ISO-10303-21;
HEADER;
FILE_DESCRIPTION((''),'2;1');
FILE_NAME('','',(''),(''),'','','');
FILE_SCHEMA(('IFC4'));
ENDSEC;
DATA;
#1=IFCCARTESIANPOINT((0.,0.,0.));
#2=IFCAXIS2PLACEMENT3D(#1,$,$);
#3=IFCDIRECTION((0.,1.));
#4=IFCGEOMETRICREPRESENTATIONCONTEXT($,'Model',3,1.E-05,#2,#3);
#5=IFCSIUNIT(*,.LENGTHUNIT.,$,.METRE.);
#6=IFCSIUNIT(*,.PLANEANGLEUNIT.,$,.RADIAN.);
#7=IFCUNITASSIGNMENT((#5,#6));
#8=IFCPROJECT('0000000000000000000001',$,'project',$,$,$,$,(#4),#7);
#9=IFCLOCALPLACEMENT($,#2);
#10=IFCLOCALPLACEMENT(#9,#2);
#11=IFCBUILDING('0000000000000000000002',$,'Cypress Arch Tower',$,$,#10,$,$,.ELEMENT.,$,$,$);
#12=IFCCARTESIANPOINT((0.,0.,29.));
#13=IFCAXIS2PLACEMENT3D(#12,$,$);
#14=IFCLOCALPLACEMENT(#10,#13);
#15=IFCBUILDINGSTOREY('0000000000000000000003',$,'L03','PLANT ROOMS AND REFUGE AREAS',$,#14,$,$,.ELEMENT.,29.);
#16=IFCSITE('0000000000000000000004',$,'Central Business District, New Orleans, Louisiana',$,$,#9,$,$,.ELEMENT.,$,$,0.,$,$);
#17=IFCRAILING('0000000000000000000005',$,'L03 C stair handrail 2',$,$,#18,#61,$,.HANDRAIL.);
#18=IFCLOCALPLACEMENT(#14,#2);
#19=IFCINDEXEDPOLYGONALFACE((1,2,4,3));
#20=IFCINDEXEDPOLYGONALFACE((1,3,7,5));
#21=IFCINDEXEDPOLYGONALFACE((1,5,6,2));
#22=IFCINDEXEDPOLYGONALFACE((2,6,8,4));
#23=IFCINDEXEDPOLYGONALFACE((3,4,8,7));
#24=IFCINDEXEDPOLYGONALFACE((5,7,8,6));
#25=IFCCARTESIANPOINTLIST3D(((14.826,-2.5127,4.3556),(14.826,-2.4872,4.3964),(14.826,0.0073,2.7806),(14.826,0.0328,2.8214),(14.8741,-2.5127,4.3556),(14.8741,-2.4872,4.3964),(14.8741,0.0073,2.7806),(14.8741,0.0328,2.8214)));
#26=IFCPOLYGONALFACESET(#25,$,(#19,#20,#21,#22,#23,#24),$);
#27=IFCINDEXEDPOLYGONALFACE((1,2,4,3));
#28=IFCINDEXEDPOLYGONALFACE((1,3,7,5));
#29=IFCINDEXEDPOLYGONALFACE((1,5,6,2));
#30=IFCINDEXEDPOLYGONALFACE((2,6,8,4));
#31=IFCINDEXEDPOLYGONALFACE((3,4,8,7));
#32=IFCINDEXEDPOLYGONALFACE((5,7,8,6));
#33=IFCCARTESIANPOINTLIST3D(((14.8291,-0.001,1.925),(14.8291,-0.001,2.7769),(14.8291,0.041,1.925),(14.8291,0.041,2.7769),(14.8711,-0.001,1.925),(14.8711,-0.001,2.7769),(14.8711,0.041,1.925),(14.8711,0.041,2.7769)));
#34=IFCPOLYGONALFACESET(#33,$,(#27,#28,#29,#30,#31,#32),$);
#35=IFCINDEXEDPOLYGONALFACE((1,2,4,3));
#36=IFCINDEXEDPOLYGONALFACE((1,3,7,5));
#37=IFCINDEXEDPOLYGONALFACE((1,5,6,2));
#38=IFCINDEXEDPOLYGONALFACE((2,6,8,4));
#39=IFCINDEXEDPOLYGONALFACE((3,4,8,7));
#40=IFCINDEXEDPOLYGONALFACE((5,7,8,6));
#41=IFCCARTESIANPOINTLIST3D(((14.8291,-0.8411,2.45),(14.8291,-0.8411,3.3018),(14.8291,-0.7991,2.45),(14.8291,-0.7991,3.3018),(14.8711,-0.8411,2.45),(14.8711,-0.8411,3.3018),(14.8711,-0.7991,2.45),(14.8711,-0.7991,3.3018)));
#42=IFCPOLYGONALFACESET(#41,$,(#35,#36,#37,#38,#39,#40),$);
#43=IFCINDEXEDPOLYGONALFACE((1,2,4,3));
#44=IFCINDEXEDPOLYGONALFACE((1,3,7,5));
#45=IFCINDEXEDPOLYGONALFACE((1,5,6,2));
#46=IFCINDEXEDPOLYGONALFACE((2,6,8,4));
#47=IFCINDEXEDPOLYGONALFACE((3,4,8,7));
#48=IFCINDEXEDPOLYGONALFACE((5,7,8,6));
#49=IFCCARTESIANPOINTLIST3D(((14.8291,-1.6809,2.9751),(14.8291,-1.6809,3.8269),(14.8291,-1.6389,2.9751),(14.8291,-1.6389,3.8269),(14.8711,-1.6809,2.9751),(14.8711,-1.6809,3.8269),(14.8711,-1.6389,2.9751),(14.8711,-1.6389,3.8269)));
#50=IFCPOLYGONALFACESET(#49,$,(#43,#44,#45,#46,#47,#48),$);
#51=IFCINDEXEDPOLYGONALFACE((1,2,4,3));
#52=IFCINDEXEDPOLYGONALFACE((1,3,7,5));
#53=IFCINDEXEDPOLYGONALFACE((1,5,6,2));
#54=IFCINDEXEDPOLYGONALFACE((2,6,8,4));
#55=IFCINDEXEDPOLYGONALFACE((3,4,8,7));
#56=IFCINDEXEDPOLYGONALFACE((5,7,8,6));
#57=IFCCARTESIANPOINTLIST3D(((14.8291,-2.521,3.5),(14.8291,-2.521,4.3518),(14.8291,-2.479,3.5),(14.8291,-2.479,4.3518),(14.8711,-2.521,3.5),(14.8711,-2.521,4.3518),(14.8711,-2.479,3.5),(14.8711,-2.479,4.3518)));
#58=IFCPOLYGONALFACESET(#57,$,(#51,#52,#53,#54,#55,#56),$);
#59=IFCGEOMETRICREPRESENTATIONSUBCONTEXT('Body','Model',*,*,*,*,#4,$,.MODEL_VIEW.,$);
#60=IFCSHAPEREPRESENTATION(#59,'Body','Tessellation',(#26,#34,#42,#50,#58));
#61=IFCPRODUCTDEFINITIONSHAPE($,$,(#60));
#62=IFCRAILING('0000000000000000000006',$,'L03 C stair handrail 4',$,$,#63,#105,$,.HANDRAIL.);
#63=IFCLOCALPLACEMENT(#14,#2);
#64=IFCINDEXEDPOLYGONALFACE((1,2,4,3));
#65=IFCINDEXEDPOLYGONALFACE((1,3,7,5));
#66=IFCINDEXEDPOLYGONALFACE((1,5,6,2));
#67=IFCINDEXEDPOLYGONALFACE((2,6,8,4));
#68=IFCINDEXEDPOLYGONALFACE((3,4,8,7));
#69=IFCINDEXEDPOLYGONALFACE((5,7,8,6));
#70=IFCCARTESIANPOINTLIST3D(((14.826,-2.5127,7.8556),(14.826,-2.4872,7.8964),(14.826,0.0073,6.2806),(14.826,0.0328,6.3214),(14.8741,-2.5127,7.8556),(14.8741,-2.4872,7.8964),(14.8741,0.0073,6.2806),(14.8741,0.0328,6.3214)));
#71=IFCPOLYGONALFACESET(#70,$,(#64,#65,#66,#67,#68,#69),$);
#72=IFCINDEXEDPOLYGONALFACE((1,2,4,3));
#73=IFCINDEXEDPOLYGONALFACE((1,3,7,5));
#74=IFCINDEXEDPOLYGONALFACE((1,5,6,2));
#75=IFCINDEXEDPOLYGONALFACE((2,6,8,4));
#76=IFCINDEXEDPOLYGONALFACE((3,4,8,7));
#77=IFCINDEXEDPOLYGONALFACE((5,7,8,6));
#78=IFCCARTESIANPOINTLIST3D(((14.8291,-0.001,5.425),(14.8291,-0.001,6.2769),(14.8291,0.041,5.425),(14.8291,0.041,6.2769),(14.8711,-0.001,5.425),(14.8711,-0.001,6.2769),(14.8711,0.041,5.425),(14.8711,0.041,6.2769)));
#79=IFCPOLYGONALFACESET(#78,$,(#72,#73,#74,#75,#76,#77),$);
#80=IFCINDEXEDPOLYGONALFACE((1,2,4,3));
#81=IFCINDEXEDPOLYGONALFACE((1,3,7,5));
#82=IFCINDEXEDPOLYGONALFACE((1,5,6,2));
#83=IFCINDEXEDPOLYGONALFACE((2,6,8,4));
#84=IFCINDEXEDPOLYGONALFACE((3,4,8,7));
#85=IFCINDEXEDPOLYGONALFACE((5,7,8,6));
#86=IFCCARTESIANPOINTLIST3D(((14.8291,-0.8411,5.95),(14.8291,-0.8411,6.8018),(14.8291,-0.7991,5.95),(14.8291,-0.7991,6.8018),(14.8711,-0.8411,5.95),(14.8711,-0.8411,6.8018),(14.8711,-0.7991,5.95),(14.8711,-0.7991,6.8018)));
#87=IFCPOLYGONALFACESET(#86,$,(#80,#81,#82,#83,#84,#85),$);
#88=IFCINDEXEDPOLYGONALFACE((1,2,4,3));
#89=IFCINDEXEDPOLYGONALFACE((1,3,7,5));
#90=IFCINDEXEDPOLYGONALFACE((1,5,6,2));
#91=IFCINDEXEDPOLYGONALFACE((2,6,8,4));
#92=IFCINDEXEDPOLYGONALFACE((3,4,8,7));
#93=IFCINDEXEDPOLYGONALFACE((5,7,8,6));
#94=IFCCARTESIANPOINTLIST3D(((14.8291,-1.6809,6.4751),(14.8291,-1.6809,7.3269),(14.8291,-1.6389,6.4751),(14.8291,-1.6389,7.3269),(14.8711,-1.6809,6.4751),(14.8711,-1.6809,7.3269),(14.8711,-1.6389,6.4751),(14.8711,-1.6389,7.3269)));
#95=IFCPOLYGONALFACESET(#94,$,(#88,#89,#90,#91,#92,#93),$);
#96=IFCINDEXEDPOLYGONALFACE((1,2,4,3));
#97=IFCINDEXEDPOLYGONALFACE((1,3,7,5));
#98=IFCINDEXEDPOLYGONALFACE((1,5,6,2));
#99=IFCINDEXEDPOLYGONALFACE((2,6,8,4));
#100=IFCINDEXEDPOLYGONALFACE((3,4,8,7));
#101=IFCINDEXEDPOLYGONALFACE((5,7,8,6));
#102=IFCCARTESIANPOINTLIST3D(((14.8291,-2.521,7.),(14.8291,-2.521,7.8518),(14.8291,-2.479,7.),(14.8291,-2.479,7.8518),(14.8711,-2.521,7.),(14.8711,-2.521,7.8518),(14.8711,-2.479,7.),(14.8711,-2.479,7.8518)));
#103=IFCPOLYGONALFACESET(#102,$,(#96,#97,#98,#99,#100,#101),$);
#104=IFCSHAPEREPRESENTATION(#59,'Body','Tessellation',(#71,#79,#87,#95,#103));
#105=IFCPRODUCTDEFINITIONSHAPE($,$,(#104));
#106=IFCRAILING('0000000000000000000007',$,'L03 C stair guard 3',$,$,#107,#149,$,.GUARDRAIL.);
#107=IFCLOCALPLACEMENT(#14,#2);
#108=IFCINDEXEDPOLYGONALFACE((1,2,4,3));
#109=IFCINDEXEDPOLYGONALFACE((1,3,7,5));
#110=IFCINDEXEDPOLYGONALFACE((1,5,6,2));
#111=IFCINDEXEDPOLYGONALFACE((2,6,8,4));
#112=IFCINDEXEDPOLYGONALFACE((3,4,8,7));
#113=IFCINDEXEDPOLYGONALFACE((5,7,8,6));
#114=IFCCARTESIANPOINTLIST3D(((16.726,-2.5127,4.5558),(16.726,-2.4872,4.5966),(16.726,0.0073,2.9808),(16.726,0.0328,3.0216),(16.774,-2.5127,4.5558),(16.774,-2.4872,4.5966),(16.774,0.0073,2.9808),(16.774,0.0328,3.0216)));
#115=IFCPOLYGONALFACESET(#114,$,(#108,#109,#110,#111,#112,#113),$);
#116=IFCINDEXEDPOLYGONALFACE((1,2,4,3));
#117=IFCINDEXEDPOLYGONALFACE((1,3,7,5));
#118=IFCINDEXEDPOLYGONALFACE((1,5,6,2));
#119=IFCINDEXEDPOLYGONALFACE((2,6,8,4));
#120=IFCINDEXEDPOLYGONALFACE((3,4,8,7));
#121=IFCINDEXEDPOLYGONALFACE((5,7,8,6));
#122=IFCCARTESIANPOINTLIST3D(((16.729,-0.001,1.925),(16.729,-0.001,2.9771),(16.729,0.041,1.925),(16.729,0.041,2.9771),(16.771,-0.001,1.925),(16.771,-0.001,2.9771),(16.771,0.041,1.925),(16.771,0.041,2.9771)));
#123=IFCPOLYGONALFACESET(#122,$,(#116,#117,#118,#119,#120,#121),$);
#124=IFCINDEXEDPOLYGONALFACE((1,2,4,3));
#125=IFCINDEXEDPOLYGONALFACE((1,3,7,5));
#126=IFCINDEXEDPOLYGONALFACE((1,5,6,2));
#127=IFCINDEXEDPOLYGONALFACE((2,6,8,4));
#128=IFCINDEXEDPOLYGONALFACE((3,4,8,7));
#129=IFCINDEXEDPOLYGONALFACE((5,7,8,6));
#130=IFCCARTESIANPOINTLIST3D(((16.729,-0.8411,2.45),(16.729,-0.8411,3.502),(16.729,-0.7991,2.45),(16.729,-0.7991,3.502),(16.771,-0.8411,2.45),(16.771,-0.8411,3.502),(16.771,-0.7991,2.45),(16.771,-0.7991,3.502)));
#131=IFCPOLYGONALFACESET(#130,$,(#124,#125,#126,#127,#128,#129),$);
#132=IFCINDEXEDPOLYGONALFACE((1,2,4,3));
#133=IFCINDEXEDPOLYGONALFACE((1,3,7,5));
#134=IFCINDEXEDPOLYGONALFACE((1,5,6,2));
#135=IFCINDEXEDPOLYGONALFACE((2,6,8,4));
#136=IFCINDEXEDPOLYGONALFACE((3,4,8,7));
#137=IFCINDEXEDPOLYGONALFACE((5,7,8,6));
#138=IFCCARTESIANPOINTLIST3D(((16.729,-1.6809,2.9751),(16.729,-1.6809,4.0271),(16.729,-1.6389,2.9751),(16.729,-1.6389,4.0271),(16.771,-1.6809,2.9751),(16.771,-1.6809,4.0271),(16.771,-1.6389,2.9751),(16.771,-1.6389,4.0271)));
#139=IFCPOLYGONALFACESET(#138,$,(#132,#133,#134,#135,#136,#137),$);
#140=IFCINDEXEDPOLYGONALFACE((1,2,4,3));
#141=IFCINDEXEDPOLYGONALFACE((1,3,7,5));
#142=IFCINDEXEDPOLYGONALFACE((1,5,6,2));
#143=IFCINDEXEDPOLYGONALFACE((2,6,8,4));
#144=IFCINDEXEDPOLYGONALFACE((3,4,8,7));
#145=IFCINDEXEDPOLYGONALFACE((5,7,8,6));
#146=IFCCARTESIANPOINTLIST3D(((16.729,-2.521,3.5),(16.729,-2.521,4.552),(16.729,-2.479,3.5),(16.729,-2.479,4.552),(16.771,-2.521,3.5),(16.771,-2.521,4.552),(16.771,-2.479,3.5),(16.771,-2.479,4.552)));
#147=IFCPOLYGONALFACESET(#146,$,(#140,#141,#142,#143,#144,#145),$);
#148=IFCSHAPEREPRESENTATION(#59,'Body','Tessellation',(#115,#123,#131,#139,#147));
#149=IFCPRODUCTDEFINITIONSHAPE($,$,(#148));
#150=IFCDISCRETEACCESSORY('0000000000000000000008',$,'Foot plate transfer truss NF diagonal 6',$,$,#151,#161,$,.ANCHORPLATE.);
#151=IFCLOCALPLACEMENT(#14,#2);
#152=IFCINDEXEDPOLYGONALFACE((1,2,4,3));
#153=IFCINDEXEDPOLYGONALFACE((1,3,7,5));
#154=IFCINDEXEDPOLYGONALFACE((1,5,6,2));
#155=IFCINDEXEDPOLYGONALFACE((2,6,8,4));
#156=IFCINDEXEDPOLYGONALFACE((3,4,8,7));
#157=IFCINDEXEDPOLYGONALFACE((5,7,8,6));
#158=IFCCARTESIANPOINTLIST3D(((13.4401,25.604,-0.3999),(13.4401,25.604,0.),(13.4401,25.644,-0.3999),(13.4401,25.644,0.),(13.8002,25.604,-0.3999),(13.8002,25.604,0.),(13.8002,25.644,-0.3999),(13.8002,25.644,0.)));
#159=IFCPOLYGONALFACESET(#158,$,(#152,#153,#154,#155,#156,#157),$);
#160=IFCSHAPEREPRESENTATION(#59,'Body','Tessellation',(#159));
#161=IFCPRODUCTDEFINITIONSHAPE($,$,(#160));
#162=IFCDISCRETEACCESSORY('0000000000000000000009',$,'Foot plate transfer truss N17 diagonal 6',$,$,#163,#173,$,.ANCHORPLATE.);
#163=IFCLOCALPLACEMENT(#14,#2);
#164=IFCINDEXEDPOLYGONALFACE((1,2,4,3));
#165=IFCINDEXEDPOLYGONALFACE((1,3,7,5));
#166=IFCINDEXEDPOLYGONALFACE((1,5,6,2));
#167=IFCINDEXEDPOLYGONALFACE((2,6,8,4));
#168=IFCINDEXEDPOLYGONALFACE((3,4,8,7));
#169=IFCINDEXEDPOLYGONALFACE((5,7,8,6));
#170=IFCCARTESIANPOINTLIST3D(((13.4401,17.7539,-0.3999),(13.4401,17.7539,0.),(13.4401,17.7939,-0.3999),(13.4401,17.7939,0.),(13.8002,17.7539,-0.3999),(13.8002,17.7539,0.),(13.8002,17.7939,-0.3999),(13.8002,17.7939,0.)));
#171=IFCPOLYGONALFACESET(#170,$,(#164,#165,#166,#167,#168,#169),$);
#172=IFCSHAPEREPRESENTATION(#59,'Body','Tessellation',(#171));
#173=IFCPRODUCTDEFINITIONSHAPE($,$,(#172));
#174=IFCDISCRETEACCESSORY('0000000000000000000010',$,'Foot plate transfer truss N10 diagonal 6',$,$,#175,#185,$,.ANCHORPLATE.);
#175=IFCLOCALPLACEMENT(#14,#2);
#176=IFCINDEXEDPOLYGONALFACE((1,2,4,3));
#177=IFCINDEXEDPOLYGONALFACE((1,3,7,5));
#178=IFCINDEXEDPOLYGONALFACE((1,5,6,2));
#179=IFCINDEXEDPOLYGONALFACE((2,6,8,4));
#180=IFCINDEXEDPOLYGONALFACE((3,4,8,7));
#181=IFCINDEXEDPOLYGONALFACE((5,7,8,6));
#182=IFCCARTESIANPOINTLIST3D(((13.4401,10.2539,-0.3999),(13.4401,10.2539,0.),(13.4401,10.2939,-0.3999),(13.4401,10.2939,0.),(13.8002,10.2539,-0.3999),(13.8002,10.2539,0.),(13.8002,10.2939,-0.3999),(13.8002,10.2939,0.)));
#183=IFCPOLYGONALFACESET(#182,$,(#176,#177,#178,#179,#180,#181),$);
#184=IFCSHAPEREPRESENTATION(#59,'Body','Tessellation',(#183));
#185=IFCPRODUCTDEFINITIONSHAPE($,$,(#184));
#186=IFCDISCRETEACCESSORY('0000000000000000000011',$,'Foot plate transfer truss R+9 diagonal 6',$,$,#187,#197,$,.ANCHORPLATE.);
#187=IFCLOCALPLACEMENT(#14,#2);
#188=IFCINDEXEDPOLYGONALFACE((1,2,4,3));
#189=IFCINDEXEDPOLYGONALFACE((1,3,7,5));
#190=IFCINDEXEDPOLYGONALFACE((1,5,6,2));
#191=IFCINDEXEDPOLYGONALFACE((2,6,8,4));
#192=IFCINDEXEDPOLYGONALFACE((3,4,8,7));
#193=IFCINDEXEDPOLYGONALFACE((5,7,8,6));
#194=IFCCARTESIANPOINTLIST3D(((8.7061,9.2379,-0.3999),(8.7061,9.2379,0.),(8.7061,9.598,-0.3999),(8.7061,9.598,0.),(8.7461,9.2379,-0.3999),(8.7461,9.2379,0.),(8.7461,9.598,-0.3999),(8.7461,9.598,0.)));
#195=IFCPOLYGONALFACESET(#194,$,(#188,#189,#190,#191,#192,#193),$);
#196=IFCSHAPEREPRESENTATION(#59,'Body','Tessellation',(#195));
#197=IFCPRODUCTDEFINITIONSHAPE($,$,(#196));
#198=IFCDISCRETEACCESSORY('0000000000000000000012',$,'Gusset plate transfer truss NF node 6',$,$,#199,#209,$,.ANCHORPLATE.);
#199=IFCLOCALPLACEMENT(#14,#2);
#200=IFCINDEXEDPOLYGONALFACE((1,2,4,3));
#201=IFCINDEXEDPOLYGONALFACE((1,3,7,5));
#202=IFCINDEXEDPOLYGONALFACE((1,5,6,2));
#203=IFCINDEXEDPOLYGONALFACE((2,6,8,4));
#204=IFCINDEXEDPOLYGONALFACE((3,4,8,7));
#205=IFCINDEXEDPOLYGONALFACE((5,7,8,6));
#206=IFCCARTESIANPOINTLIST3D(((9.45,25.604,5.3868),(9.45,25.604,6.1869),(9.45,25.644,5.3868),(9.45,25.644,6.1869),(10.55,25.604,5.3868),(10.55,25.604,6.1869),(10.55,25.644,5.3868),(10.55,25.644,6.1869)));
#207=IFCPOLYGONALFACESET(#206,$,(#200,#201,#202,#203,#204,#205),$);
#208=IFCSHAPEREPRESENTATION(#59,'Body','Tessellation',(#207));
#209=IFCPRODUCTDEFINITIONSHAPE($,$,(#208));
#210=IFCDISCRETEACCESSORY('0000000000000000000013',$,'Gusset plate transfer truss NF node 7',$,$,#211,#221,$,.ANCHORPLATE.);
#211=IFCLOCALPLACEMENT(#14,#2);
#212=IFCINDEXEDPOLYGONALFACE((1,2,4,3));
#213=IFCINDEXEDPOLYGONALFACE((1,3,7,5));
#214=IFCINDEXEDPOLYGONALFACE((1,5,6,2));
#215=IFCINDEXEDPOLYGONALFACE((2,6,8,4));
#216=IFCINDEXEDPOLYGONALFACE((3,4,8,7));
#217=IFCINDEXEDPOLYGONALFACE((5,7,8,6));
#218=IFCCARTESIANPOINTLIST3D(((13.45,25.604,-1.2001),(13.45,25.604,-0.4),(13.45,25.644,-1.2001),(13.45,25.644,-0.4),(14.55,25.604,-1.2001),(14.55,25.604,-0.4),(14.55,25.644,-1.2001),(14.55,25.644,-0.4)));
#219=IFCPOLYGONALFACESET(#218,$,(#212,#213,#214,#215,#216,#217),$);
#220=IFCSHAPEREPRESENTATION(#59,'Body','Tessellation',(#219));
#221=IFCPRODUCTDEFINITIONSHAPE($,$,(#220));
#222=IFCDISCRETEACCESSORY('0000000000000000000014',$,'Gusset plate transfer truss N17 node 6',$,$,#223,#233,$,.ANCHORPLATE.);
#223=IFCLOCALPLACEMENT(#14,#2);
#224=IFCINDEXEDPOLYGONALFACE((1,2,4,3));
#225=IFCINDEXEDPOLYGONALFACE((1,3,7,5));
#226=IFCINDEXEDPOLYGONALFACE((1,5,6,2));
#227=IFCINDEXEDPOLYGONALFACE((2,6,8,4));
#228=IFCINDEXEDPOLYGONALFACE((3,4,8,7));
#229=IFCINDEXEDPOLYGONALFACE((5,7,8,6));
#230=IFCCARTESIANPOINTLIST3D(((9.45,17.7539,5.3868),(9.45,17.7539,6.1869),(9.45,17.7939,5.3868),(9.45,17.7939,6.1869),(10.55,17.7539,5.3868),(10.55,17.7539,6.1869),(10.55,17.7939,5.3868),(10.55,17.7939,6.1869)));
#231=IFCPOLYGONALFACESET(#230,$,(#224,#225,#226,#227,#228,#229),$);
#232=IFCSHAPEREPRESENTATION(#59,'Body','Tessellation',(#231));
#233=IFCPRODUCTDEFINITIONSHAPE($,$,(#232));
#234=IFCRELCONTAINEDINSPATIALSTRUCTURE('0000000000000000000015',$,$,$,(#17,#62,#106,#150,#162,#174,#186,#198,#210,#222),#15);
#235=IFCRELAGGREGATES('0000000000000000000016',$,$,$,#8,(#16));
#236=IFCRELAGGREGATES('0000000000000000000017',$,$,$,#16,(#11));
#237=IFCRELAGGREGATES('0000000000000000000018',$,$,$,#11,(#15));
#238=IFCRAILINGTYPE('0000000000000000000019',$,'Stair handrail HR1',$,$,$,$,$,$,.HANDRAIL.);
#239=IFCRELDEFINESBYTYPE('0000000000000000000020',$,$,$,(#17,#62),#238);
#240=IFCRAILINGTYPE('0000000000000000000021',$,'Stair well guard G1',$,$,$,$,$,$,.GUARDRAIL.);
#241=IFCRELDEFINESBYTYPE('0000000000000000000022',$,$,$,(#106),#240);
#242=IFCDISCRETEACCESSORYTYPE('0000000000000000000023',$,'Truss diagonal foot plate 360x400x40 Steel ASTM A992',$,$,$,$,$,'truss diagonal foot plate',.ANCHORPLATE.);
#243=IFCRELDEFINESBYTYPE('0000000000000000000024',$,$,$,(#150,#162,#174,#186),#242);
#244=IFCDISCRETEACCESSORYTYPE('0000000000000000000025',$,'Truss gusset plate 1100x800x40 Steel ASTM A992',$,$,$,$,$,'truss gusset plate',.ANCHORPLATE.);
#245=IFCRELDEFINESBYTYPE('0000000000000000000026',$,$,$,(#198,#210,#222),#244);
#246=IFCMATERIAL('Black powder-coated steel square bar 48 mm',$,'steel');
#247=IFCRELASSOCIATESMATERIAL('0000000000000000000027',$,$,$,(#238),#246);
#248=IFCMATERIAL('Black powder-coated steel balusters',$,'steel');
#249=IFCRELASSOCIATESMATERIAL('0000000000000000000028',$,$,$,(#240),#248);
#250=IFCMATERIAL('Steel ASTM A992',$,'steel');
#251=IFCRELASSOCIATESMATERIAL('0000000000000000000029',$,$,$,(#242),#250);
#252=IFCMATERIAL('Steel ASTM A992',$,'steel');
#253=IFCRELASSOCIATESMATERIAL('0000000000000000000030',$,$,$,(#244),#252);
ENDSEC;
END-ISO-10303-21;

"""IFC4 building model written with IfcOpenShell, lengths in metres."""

from ifc_helpers import new_model, si_unit, direction, frame, origin, origin_2d, place, context, subcontext, project, spatial, rectangle, extrude, material, material_profile, profile_set, type_object, element, save


model = new_model("IFC4")

# Units and contexts
model_context = context("Model", 3, precision=1e-05, world=origin(), true_north=direction((0.0, 1.0)))
body_context = subcontext(model_context, "Body", "Model", "MODEL_VIEW")
ifc_project = project(units=[si_unit("LENGTHUNIT", "METRE"), si_unit("PLANEANGLEUNIT", "RADIAN")], contexts=[model_context])

# Site, building, storey
site_placement = place(None, origin())
site = spatial("IfcSite", under=ifc_project, at=site_placement, Name="Central Business District, New Orleans, Louisiana", CompositionType="ELEMENT", RefElevation=0.0)
building_placement = place(site_placement, origin())
building = spatial("IfcBuilding", under=site, at=building_placement, Name="Cypress Arch Tower", CompositionType="ELEMENT")
storey_placement = place(building_placement, frame((0.0, 0.0, 29.0)))
storey = spatial("IfcBuildingStorey", under=building, at=storey_placement, Name="L03", Description="PLANT ROOMS AND REFUGE AREAS", CompositionType="ELEMENT", Elevation=29.0)

# Railings
ifc_material_1 = material(Name="Black powder-coated steel square bar 48 mm", Category="steel")
railing_type_1 = type_object("IfcRailingType", Name="Stair handrail HR1", PredefinedType="HANDRAIL", material=ifc_material_1)
for number, where, name in (
    (1, (14.8501, 0.02, 1.925), "L03 C stair handrail 2"),
    (2, (14.8501, 0.02, 5.425), "L03 C stair handrail 4"),
):
    element("IfcRailing", number, at=place(storey_placement, frame(where)), inside=storey, type_object=railing_type_1, Name=name, PredefinedType="HANDRAIL", context=body_context, shape_type="SweptSolid", body=[
        extrude(rectangle(XDim=0.0481, YDim=0.0481, at=origin_2d()), frame((0.0, 0.0, 0.876), z_axis=(0.0, -0.848008, 0.529984), x_axis=(1.0, 0.0, 0.0)), (0.0, 0.0, 1.0), 2.9717),
        extrude(rectangle(XDim=0.042, YDim=0.042, at=origin_2d()), origin(), (0.0, 0.0, 1.0), 0.8518),
        extrude(rectangle(XDim=0.042, YDim=0.042, at=origin_2d()), frame((0.0, -0.8401, 0.5249)), (0.0, 0.0, 1.0), 0.8518),
        extrude(rectangle(XDim=0.042, YDim=0.042, at=origin_2d()), frame((0.0, -1.6799, 1.05)), (0.0, 0.0, 1.0), 0.8518),
        extrude(rectangle(XDim=0.042, YDim=0.042, at=origin_2d()), frame((0.0, -2.52, 1.575)), (0.0, 0.0, 1.0), 0.8518),
    ])
ifc_material_2 = material(Name="Black powder-coated steel balusters", Category="steel")
railing_type_2 = type_object("IfcRailingType", Name="Stair well guard G1", PredefinedType="GUARDRAIL", material=ifc_material_2)
railing_placement = place(storey_placement, frame((16.75, 0.02, 1.925)))
element("IfcRailing", 3, at=railing_placement, inside=storey, type_object=railing_type_2, Name="L03 C stair guard 3", PredefinedType="GUARDRAIL", context=body_context, shape_type="SweptSolid", body=[
    extrude(rectangle(XDim=0.0481, YDim=0.0481, at=origin_2d()), frame((0.0, 0.0, 1.0762), z_axis=(0.0, -0.848008, 0.529984), x_axis=(1.0, 0.0, 0.0)), (0.0, 0.0, 1.0), 2.9717),
    extrude(rectangle(XDim=0.042, YDim=0.042, at=origin_2d()), origin(), (0.0, 0.0, 1.0), 1.052),
    extrude(rectangle(XDim=0.042, YDim=0.042, at=origin_2d()), frame((0.0, -0.8401, 0.5249)), (0.0, 0.0, 1.0), 1.052),
    extrude(rectangle(XDim=0.042, YDim=0.042, at=origin_2d()), frame((0.0, -1.6799, 1.05)), (0.0, 0.0, 1.0), 1.052),
    extrude(rectangle(XDim=0.042, YDim=0.042, at=origin_2d()), frame((0.0, -2.52, 1.575)), (0.0, 0.0, 1.0), 1.052),
])

# Discrete accessories
ifc_material_3 = material(Name="Steel ASTM A992", Category="steel")
ifc_material_profile_1 = material_profile(ifc_material_3, rectangle(XDim=0.3601, YDim=0.3999, at=origin_2d()), Name="PL 40 360x400")
ifc_profile_set_1 = profile_set([ifc_material_profile_1], Name="Steel ASTM A992")
discrete_accessory_type_1 = type_object("IfcDiscreteAccessoryType", Name="Truss diagonal foot plate 360x400x40 Steel ASTM A992", ElementType="truss diagonal foot plate", PredefinedType="ANCHORPLATE", material=ifc_profile_set_1)
for number, where, z_axis, x_axis, name in (
    (4, (13.6201, 25.604, -0.2), (0.0, 1.0, 0.0), (-1.0, 0.0, 0.0), "Foot plate transfer truss NF diagonal 6"),
    (5, (13.6201, 17.7539, -0.2), (0.0, 1.0, 0.0), (-1.0, 0.0, 0.0), "Foot plate transfer truss N17 diagonal 6"),
    (6, (13.6201, 10.2539, -0.2), (0.0, 1.0, 0.0), (-1.0, 0.0, 0.0), "Foot plate transfer truss N10 diagonal 6"),
    (7, (8.7461, 9.418, -0.2), (-1.0, 0.0, 0.0), (0.0, -1.0, 0.0), "Foot plate transfer truss R+9 diagonal 6"),
):
    element("IfcDiscreteAccessory", number, at=place(storey_placement, frame(where, z_axis=z_axis, x_axis=x_axis)), inside=storey, type_object=discrete_accessory_type_1, Name=name, PredefinedType="ANCHORPLATE", context=body_context, shape_type="SweptSolid", body=[
        extrude(rectangle(XDim=0.3601, YDim=0.3999, at=origin_2d()), origin(), (0.0, 0.0, 1.0), 0.04),
    ])
ifc_material_4 = material(Name="Steel ASTM A992", Category="steel")
ifc_material_profile_2 = material_profile(ifc_material_4, rectangle(XDim=1.1001, YDim=0.8, at=origin_2d()), Name="PL 40 1100x800")
ifc_profile_set_2 = profile_set([ifc_material_profile_2], Name="Steel ASTM A992")
discrete_accessory_type_2 = type_object("IfcDiscreteAccessoryType", Name="Truss gusset plate 1100x800x40 Steel ASTM A992", ElementType="truss gusset plate", PredefinedType="ANCHORPLATE", material=ifc_profile_set_2)
for number, where, z_axis, x_axis, name in (
    (8, (10.0, 25.604, 5.7869), (0.0, 1.0, 0.0), (-1.0, 0.0, 0.0), "Gusset plate transfer truss NF node 6"),
    (9, (14.0, 25.604, -0.8), (0.0, 1.0, 0.0), (-1.0, 0.0, 0.0), "Gusset plate transfer truss NF node 7"),
    (10, (10.0, 17.7539, 5.7869), (0.0, 1.0, 0.0), (-1.0, 0.0, 0.0), "Gusset plate transfer truss N17 node 6"),
):
    element("IfcDiscreteAccessory", number, at=place(storey_placement, frame(where, z_axis=z_axis, x_axis=x_axis)), inside=storey, type_object=discrete_accessory_type_2, Name=name, PredefinedType="ANCHORPLATE", context=body_context, shape_type="SweptSolid", body=[
        extrude(rectangle(XDim=1.1001, YDim=0.8, at=origin_2d()), origin(), (0.0, 0.0, 1.0), 0.04),
    ])

save(model, "model.ifc")
